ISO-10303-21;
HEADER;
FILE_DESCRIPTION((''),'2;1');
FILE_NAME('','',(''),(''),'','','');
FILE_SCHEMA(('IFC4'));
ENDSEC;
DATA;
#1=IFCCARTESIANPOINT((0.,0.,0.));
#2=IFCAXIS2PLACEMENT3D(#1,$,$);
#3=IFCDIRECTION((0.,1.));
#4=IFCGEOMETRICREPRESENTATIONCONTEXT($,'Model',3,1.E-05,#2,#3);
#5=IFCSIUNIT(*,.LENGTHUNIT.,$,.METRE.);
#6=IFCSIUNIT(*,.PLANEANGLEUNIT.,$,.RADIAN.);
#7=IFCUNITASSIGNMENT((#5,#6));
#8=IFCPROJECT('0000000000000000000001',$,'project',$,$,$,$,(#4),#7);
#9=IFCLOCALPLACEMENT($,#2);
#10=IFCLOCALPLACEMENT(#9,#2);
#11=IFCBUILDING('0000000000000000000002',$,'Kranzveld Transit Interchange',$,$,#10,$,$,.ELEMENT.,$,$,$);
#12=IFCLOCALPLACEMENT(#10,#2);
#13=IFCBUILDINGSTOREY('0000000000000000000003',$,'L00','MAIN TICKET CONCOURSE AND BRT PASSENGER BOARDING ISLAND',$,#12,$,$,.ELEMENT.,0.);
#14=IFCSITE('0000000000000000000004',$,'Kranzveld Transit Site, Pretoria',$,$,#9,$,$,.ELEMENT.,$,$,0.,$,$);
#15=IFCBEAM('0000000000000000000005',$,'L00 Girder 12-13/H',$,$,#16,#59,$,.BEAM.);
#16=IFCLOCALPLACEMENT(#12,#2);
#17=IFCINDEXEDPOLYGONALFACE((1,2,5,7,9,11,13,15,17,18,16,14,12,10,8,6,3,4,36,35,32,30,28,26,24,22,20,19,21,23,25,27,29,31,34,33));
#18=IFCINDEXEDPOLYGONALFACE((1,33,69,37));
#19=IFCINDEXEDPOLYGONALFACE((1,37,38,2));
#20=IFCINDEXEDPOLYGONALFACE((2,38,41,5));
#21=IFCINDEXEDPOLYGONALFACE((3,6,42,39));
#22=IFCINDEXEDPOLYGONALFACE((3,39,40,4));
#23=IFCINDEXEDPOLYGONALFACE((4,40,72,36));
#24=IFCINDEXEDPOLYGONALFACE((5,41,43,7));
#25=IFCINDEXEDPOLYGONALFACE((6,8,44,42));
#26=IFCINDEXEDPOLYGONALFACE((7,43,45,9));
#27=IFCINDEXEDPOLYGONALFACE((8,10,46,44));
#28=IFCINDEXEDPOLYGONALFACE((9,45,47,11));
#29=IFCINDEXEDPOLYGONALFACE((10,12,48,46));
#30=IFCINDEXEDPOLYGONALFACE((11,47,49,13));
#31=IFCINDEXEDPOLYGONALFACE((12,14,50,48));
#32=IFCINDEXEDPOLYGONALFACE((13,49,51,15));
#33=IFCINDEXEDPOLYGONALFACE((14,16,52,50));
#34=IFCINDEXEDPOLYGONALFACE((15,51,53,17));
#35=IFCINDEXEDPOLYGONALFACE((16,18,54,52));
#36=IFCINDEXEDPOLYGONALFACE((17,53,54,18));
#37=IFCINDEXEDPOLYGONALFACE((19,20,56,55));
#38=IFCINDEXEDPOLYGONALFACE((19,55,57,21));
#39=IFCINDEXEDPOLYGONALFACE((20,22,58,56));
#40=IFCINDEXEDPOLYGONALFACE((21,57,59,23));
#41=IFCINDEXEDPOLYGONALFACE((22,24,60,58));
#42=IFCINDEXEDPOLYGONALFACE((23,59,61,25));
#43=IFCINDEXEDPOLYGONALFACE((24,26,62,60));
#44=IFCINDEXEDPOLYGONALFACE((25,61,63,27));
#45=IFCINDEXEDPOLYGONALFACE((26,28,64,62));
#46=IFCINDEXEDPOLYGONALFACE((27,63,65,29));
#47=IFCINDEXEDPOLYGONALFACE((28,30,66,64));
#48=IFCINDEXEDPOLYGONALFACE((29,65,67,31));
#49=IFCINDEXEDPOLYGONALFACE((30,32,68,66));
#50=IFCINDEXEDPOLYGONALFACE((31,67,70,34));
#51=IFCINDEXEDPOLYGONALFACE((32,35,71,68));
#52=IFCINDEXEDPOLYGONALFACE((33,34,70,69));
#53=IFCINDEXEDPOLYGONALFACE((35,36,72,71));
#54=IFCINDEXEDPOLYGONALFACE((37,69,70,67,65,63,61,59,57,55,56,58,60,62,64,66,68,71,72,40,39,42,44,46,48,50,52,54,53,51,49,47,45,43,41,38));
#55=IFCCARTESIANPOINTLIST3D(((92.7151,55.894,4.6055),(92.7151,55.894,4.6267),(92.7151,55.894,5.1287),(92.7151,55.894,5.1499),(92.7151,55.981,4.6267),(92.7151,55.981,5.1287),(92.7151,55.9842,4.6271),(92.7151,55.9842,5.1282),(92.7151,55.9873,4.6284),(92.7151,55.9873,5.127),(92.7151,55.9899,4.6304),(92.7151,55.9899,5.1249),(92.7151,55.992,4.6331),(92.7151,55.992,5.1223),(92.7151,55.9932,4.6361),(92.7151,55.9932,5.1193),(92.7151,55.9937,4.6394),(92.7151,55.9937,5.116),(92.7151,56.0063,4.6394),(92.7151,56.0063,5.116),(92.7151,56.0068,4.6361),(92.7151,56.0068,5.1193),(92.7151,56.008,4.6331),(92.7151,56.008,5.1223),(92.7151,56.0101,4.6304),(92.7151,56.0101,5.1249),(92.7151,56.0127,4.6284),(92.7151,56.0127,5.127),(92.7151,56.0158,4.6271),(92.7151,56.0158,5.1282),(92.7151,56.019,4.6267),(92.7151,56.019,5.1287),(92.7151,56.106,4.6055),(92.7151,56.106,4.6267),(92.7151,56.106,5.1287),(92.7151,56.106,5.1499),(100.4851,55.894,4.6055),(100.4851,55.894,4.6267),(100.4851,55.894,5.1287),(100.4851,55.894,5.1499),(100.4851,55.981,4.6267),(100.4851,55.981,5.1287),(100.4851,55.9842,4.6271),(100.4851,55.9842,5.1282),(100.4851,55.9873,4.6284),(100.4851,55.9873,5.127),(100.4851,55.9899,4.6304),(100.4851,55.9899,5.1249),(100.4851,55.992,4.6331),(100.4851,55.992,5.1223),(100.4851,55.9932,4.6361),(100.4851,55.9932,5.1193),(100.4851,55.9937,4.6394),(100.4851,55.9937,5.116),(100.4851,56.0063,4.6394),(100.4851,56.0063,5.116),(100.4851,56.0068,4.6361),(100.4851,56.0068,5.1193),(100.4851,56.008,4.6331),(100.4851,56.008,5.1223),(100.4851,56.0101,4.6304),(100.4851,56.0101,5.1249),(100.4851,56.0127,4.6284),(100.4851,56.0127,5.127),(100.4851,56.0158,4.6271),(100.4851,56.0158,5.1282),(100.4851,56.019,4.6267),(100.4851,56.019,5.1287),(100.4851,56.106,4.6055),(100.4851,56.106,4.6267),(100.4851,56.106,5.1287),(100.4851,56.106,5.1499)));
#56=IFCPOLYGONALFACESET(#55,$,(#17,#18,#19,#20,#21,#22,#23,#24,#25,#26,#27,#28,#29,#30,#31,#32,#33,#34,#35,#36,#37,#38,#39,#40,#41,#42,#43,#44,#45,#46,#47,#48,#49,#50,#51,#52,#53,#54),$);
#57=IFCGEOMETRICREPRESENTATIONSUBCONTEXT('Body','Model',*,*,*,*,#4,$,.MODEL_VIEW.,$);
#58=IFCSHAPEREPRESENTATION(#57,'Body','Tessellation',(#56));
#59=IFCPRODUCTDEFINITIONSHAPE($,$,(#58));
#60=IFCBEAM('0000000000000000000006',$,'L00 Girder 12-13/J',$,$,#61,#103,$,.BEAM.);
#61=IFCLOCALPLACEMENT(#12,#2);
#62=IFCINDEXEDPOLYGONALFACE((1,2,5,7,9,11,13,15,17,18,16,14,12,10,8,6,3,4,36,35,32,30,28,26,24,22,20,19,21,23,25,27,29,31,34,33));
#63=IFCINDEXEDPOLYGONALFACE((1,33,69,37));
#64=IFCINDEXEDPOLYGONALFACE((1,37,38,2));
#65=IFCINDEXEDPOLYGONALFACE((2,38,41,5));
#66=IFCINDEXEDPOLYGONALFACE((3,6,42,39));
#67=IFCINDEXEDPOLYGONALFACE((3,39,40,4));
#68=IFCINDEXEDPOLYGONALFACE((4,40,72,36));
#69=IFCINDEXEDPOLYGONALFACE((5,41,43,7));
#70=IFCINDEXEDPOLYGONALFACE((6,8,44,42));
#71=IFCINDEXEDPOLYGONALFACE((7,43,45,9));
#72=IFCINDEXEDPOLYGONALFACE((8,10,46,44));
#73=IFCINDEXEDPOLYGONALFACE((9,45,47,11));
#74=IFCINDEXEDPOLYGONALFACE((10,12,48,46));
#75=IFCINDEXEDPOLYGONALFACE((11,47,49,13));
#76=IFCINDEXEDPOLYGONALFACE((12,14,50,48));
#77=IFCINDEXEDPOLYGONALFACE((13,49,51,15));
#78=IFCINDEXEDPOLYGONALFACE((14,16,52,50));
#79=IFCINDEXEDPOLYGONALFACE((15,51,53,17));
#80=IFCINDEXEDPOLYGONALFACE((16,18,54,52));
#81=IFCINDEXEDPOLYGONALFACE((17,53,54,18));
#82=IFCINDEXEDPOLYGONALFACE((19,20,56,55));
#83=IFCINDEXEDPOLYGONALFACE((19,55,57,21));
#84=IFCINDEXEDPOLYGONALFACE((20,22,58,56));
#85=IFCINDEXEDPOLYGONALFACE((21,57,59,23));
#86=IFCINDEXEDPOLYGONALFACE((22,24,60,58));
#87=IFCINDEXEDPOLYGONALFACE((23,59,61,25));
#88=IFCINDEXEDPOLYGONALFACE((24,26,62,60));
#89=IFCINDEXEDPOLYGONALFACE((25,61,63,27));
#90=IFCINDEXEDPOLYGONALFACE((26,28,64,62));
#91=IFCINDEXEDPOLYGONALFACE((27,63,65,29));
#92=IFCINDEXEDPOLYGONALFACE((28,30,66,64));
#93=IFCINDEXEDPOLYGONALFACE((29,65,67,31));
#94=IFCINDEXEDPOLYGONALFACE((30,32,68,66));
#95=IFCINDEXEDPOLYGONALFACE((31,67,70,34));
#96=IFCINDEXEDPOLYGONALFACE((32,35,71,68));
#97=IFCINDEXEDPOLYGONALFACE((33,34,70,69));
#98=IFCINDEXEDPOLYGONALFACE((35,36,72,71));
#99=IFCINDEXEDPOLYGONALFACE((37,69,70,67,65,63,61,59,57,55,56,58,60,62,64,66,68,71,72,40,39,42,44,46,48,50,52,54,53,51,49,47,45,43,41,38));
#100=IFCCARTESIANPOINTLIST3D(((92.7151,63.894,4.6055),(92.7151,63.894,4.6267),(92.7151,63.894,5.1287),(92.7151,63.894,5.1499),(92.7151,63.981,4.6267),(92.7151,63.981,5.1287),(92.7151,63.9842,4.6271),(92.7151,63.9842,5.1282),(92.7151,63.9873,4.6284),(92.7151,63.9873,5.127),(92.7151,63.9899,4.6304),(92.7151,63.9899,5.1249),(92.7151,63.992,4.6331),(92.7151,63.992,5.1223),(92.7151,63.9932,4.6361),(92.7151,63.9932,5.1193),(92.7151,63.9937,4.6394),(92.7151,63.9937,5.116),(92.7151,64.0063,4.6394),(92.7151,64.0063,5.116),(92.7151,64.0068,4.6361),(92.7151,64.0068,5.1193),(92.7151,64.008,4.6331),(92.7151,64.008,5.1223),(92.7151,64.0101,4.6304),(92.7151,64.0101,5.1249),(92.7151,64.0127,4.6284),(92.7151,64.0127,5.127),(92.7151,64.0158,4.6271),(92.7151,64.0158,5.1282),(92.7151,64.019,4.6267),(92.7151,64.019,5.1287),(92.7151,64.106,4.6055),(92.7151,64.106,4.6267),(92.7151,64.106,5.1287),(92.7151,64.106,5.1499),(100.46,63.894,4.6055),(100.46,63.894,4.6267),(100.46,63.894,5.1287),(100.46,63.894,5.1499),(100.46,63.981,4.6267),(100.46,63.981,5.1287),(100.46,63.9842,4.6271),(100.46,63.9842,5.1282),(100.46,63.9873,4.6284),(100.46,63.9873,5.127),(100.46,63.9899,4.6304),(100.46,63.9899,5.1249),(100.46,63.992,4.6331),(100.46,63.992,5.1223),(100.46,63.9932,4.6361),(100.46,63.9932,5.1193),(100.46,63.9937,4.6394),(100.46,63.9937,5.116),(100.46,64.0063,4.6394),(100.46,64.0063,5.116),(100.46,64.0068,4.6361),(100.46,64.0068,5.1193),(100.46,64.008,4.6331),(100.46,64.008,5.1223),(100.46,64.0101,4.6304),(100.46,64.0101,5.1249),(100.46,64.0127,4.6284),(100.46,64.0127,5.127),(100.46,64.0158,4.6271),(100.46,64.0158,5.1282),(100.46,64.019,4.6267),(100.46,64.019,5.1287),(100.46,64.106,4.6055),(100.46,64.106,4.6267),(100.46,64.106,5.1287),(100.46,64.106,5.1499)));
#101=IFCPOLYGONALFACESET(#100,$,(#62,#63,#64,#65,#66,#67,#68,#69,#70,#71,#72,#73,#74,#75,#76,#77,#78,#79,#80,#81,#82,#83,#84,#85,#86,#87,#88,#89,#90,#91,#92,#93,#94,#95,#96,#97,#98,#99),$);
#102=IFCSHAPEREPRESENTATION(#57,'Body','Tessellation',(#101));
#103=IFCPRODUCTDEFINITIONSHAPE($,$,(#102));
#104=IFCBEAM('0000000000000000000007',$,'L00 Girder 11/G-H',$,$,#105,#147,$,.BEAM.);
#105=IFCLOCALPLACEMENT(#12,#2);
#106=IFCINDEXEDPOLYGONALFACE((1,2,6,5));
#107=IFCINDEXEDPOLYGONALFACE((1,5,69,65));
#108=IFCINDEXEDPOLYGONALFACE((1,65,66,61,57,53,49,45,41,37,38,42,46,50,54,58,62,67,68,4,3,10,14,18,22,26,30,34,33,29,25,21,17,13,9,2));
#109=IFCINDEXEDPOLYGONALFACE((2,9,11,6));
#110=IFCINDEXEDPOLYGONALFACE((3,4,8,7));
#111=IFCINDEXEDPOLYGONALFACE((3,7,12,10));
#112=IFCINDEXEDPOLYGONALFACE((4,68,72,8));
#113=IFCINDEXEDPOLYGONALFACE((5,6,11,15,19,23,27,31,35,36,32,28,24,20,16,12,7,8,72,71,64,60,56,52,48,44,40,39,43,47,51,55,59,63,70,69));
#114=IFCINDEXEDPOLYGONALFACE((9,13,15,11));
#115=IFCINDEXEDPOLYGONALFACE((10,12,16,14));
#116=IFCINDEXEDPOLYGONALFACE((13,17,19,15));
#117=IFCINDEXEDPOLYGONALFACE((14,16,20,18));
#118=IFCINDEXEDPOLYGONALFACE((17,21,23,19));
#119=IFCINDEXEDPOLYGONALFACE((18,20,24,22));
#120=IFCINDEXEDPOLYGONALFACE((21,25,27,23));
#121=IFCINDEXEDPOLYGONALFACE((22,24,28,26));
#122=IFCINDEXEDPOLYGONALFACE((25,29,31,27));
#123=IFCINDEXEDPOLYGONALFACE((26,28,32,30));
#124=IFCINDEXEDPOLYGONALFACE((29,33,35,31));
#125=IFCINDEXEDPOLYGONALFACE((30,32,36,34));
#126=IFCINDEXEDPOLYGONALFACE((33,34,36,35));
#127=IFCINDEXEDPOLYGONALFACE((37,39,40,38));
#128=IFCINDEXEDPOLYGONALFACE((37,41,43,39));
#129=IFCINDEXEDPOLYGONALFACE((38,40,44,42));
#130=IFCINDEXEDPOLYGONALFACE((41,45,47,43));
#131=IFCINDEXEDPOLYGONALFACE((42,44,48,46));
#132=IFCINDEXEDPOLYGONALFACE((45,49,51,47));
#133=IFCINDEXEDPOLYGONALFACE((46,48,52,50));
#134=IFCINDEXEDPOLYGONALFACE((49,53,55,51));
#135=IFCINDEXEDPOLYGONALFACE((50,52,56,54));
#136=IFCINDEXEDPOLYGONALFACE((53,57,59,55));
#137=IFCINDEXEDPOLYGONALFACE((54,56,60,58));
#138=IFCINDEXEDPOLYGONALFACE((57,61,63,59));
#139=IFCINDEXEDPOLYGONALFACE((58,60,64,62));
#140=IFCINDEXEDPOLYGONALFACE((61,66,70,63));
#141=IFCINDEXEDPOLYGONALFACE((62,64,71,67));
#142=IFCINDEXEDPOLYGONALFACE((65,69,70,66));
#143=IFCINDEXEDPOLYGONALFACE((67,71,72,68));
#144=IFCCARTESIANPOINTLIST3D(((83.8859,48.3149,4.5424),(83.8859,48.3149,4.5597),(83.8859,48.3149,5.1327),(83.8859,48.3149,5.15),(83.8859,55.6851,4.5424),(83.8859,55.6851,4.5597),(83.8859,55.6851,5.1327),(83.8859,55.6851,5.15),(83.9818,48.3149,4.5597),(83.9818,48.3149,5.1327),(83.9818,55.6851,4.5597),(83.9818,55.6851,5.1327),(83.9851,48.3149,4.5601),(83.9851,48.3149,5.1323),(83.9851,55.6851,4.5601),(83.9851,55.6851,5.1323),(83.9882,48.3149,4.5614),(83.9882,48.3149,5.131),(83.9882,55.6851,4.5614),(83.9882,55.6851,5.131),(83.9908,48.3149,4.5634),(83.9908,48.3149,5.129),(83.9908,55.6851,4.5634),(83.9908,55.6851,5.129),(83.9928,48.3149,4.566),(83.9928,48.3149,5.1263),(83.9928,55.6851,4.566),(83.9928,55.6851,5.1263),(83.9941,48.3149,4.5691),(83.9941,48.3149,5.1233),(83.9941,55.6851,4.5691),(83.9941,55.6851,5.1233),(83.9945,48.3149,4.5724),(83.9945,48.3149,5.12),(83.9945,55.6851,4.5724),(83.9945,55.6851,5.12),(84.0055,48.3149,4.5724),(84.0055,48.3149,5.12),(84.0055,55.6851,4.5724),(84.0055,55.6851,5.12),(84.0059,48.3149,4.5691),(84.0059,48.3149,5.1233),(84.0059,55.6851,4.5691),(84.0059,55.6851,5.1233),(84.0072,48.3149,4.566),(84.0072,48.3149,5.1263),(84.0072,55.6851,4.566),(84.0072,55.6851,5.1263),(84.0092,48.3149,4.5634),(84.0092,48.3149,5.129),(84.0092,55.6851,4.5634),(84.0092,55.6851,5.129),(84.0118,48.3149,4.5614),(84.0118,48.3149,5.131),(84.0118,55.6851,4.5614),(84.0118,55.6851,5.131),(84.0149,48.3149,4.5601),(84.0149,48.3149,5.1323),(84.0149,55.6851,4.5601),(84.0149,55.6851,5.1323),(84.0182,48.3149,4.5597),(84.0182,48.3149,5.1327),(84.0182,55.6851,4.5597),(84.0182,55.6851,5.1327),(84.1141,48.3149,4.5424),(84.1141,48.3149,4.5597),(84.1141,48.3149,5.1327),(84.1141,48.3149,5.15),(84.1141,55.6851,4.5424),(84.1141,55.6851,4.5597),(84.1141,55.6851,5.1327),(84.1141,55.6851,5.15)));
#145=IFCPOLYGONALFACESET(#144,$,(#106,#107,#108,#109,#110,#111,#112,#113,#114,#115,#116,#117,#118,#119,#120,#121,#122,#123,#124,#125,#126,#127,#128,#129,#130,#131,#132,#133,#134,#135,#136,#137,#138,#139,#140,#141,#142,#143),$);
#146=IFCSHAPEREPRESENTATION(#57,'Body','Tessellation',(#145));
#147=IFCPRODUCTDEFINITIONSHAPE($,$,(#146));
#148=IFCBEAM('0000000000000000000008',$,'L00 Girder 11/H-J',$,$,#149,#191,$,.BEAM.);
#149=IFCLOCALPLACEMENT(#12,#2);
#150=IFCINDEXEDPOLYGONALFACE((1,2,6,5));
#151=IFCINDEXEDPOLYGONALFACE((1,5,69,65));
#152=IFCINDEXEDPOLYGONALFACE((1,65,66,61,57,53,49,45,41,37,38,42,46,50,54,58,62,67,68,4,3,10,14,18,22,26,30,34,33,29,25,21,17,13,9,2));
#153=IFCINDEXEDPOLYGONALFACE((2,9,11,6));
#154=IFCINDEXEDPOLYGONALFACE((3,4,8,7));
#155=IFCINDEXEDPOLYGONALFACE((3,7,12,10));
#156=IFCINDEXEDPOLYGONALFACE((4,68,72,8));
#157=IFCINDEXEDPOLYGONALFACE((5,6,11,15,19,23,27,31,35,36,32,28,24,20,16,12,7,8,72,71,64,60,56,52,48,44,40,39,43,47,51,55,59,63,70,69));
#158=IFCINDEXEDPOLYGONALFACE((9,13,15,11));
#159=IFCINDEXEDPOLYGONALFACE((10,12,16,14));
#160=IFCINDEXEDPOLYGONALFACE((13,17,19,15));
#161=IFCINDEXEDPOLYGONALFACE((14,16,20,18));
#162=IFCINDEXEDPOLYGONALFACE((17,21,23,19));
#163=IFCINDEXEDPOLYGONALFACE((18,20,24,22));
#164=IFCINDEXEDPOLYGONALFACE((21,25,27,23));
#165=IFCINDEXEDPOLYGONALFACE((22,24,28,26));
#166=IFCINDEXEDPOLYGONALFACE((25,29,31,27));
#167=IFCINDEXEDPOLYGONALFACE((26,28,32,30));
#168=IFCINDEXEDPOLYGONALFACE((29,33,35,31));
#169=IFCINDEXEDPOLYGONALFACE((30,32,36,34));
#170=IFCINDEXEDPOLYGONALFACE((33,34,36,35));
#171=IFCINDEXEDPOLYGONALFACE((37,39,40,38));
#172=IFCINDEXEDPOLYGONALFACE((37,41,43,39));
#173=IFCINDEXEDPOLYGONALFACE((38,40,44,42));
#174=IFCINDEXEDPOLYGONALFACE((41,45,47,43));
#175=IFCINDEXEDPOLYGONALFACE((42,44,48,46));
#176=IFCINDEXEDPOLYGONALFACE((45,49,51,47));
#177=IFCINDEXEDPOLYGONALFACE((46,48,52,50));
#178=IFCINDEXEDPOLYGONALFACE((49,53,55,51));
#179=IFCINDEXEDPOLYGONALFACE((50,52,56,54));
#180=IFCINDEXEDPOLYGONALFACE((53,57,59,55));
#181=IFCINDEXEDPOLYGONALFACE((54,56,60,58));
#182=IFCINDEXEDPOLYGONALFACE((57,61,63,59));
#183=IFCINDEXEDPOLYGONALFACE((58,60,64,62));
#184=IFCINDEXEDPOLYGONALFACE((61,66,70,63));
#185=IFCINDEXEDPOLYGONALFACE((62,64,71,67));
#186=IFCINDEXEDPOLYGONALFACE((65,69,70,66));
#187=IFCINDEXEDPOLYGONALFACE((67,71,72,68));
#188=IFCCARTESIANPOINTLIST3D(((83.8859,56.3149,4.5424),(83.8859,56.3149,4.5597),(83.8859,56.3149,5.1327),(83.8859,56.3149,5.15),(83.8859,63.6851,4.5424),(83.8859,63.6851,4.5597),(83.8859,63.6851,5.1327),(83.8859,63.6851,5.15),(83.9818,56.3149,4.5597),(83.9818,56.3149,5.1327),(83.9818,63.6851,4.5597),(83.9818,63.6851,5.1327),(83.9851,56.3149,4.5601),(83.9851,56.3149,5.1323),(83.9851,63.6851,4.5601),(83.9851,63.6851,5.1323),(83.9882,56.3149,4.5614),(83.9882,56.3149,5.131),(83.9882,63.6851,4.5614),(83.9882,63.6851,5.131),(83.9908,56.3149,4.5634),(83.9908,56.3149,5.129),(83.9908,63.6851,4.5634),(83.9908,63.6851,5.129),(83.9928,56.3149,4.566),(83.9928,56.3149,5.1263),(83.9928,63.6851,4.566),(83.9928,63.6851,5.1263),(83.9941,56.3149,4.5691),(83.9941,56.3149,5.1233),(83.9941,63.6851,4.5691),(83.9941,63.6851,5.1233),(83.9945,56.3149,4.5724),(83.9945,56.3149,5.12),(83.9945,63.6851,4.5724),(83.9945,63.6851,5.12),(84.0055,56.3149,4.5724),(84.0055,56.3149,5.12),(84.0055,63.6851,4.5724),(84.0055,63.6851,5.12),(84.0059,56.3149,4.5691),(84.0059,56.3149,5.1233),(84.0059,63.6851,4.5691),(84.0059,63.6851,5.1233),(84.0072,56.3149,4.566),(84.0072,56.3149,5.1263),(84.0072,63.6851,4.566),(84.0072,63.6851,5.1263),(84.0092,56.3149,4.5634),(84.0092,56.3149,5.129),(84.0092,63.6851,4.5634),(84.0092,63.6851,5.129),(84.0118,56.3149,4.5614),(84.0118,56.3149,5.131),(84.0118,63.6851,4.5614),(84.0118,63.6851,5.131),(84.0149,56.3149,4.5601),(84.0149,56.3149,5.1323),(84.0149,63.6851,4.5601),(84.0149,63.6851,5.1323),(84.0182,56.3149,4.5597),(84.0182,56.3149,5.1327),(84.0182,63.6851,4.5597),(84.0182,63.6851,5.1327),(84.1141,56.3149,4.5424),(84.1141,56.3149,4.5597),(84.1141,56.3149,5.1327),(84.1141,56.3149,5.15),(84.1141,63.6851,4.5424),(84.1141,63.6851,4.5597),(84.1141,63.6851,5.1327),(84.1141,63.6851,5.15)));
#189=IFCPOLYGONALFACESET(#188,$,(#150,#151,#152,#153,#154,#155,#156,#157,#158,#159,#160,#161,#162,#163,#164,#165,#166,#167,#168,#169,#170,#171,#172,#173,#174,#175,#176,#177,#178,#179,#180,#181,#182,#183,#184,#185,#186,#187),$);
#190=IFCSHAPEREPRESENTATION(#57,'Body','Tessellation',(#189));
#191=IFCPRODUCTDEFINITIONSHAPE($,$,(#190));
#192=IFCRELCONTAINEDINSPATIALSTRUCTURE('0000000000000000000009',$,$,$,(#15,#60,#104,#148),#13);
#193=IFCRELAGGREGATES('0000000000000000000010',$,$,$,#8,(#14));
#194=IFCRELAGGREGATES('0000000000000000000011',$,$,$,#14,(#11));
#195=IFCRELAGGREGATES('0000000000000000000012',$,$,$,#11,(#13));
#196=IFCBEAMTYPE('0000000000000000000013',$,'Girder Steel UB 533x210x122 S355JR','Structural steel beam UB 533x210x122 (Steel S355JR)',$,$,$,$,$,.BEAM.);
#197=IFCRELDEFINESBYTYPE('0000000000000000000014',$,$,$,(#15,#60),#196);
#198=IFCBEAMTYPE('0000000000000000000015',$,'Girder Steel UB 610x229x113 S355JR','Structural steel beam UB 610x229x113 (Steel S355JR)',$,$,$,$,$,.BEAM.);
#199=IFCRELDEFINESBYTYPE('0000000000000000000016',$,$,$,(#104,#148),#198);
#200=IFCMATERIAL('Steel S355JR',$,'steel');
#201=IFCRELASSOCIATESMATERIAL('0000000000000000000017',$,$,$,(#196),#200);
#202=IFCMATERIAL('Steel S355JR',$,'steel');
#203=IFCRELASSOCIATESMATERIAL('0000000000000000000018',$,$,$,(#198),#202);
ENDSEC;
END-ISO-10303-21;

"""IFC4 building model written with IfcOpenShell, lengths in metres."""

from ifc_helpers import new_model, si_unit, direction, frame, origin, origin_2d, place, context, subcontext, project, spatial, i_section, extrude, material, material_profile, profile_set, type_object, element, save


model = new_model("IFC4")

# Units and contexts
model_context = context("Model", 3, precision=1e-05, world=origin(), true_north=direction((0.0, 1.0)))
body_context = subcontext(model_context, "Body", "Model", "MODEL_VIEW")
ifc_project = project(units=[si_unit("LENGTHUNIT", "METRE"), si_unit("PLANEANGLEUNIT", "RADIAN")], contexts=[model_context])

# Site, building, storey
site_placement = place(None, origin())
site = spatial("IfcSite", under=ifc_project, at=site_placement, Name="Kranzveld Transit Site, Pretoria", CompositionType="ELEMENT", RefElevation=0.0)
building_placement = place(site_placement, origin())
building = spatial("IfcBuilding", under=site, at=building_placement, Name="Kranzveld Transit Interchange", CompositionType="ELEMENT")
storey_placement = place(building_placement, origin())
storey = spatial("IfcBuildingStorey", under=building, at=storey_placement, Name="L00", Description="MAIN TICKET CONCOURSE AND BRT PASSENGER BOARDING ISLAND", CompositionType="ELEMENT", Elevation=0.0)

# Beams
ifc_material_1 = material(Name="Steel S355JR", Category="steel")
ifc_material_profile_1 = material_profile(ifc_material_1, i_section(OverallWidth=0.2119, OverallDepth=0.5444, WebThickness=0.0127, FlangeThickness=0.0212, FilletRadius=0.0127, at=origin_2d()), Name="UB 533x210x122")
ifc_profile_set_1 = profile_set([ifc_material_profile_1], Name="Steel S355JR")
beam_type_1 = type_object("IfcBeamType", Name="Girder Steel UB 533x210x122 S355JR", Description="Structural steel beam UB 533x210x122 (Steel S355JR)", PredefinedType="BEAM", material=ifc_profile_set_1)
for number, where, z_axis, x_axis, name in (
    (1, (92.7151, 56.0, 4.8777), (1.0, 0.0, 0.0), (0.0, 1.0, 0.0), "L00 Girder 12-13/H"),
):
    element("IfcBeam", number, at=place(storey_placement, frame(where, z_axis=z_axis, x_axis=x_axis)), inside=storey, type_object=beam_type_1, Name=name, PredefinedType="BEAM", context=body_context, shape_type="SweptSolid", body=[
        extrude(i_section(OverallWidth=0.2119, OverallDepth=0.5444, WebThickness=0.0127, FlangeThickness=0.0212, FilletRadius=0.0127, at=origin_2d()), origin(), (0.0, 0.0, 1.0), 7.77),
    ])
beam_1_placement = place(storey_placement, frame((92.7151, 64.0, 4.8777), z_axis=(1.0, 0.0, 0.0), x_axis=(0.0, 1.0, 0.0)))
element("IfcBeam", 2, at=beam_1_placement, inside=storey, type_object=beam_type_1, Name="L00 Girder 12-13/J", PredefinedType="BEAM", context=body_context, shape_type="SweptSolid", body=[
    extrude(i_section(OverallWidth=0.2119, OverallDepth=0.5444, WebThickness=0.0127, FlangeThickness=0.0212, FilletRadius=0.0127, at=origin_2d()), origin(), (0.0, 0.0, 1.0), 7.7449),
])
ifc_material_2 = material(Name="Steel S355JR", Category="steel")
ifc_material_profile_2 = material_profile(ifc_material_2, i_section(OverallWidth=0.2283, OverallDepth=0.6077, WebThickness=0.011, FlangeThickness=0.0173, FilletRadius=0.0127, at=origin_2d()), Name="UB 610x229x113")
ifc_profile_set_2 = profile_set([ifc_material_profile_2], Name="Steel S355JR")
beam_type_2 = type_object("IfcBeamType", Name="Girder Steel UB 610x229x113 S355JR", Description="Structural steel beam UB 610x229x113 (Steel S355JR)", PredefinedType="BEAM", material=ifc_profile_set_2)
for number, where, z_axis, x_axis, name in (
    (3, (84.0, 48.3149, 4.8462), (0.0, 1.0, 0.0), (-1.0, 0.0, 0.0), "L00 Girder 11/G-H"),
    (4, (84.0, 56.3149, 4.8462), (0.0, 1.0, 0.0), (-1.0, 0.0, 0.0), "L00 Girder 11/H-J"),
):
    element("IfcBeam", number, at=place(storey_placement, frame(where, z_axis=z_axis, x_axis=x_axis)), inside=storey, type_object=beam_type_2, Name=name, PredefinedType="BEAM", context=body_context, shape_type="SweptSolid", body=[
        extrude(i_section(OverallWidth=0.2283, OverallDepth=0.6077, WebThickness=0.011, FlangeThickness=0.0173, FilletRadius=0.0127, at=origin_2d()), origin(), (0.0, 0.0, 1.0), 7.3701),
    ])

save(model, "model.ifc")
